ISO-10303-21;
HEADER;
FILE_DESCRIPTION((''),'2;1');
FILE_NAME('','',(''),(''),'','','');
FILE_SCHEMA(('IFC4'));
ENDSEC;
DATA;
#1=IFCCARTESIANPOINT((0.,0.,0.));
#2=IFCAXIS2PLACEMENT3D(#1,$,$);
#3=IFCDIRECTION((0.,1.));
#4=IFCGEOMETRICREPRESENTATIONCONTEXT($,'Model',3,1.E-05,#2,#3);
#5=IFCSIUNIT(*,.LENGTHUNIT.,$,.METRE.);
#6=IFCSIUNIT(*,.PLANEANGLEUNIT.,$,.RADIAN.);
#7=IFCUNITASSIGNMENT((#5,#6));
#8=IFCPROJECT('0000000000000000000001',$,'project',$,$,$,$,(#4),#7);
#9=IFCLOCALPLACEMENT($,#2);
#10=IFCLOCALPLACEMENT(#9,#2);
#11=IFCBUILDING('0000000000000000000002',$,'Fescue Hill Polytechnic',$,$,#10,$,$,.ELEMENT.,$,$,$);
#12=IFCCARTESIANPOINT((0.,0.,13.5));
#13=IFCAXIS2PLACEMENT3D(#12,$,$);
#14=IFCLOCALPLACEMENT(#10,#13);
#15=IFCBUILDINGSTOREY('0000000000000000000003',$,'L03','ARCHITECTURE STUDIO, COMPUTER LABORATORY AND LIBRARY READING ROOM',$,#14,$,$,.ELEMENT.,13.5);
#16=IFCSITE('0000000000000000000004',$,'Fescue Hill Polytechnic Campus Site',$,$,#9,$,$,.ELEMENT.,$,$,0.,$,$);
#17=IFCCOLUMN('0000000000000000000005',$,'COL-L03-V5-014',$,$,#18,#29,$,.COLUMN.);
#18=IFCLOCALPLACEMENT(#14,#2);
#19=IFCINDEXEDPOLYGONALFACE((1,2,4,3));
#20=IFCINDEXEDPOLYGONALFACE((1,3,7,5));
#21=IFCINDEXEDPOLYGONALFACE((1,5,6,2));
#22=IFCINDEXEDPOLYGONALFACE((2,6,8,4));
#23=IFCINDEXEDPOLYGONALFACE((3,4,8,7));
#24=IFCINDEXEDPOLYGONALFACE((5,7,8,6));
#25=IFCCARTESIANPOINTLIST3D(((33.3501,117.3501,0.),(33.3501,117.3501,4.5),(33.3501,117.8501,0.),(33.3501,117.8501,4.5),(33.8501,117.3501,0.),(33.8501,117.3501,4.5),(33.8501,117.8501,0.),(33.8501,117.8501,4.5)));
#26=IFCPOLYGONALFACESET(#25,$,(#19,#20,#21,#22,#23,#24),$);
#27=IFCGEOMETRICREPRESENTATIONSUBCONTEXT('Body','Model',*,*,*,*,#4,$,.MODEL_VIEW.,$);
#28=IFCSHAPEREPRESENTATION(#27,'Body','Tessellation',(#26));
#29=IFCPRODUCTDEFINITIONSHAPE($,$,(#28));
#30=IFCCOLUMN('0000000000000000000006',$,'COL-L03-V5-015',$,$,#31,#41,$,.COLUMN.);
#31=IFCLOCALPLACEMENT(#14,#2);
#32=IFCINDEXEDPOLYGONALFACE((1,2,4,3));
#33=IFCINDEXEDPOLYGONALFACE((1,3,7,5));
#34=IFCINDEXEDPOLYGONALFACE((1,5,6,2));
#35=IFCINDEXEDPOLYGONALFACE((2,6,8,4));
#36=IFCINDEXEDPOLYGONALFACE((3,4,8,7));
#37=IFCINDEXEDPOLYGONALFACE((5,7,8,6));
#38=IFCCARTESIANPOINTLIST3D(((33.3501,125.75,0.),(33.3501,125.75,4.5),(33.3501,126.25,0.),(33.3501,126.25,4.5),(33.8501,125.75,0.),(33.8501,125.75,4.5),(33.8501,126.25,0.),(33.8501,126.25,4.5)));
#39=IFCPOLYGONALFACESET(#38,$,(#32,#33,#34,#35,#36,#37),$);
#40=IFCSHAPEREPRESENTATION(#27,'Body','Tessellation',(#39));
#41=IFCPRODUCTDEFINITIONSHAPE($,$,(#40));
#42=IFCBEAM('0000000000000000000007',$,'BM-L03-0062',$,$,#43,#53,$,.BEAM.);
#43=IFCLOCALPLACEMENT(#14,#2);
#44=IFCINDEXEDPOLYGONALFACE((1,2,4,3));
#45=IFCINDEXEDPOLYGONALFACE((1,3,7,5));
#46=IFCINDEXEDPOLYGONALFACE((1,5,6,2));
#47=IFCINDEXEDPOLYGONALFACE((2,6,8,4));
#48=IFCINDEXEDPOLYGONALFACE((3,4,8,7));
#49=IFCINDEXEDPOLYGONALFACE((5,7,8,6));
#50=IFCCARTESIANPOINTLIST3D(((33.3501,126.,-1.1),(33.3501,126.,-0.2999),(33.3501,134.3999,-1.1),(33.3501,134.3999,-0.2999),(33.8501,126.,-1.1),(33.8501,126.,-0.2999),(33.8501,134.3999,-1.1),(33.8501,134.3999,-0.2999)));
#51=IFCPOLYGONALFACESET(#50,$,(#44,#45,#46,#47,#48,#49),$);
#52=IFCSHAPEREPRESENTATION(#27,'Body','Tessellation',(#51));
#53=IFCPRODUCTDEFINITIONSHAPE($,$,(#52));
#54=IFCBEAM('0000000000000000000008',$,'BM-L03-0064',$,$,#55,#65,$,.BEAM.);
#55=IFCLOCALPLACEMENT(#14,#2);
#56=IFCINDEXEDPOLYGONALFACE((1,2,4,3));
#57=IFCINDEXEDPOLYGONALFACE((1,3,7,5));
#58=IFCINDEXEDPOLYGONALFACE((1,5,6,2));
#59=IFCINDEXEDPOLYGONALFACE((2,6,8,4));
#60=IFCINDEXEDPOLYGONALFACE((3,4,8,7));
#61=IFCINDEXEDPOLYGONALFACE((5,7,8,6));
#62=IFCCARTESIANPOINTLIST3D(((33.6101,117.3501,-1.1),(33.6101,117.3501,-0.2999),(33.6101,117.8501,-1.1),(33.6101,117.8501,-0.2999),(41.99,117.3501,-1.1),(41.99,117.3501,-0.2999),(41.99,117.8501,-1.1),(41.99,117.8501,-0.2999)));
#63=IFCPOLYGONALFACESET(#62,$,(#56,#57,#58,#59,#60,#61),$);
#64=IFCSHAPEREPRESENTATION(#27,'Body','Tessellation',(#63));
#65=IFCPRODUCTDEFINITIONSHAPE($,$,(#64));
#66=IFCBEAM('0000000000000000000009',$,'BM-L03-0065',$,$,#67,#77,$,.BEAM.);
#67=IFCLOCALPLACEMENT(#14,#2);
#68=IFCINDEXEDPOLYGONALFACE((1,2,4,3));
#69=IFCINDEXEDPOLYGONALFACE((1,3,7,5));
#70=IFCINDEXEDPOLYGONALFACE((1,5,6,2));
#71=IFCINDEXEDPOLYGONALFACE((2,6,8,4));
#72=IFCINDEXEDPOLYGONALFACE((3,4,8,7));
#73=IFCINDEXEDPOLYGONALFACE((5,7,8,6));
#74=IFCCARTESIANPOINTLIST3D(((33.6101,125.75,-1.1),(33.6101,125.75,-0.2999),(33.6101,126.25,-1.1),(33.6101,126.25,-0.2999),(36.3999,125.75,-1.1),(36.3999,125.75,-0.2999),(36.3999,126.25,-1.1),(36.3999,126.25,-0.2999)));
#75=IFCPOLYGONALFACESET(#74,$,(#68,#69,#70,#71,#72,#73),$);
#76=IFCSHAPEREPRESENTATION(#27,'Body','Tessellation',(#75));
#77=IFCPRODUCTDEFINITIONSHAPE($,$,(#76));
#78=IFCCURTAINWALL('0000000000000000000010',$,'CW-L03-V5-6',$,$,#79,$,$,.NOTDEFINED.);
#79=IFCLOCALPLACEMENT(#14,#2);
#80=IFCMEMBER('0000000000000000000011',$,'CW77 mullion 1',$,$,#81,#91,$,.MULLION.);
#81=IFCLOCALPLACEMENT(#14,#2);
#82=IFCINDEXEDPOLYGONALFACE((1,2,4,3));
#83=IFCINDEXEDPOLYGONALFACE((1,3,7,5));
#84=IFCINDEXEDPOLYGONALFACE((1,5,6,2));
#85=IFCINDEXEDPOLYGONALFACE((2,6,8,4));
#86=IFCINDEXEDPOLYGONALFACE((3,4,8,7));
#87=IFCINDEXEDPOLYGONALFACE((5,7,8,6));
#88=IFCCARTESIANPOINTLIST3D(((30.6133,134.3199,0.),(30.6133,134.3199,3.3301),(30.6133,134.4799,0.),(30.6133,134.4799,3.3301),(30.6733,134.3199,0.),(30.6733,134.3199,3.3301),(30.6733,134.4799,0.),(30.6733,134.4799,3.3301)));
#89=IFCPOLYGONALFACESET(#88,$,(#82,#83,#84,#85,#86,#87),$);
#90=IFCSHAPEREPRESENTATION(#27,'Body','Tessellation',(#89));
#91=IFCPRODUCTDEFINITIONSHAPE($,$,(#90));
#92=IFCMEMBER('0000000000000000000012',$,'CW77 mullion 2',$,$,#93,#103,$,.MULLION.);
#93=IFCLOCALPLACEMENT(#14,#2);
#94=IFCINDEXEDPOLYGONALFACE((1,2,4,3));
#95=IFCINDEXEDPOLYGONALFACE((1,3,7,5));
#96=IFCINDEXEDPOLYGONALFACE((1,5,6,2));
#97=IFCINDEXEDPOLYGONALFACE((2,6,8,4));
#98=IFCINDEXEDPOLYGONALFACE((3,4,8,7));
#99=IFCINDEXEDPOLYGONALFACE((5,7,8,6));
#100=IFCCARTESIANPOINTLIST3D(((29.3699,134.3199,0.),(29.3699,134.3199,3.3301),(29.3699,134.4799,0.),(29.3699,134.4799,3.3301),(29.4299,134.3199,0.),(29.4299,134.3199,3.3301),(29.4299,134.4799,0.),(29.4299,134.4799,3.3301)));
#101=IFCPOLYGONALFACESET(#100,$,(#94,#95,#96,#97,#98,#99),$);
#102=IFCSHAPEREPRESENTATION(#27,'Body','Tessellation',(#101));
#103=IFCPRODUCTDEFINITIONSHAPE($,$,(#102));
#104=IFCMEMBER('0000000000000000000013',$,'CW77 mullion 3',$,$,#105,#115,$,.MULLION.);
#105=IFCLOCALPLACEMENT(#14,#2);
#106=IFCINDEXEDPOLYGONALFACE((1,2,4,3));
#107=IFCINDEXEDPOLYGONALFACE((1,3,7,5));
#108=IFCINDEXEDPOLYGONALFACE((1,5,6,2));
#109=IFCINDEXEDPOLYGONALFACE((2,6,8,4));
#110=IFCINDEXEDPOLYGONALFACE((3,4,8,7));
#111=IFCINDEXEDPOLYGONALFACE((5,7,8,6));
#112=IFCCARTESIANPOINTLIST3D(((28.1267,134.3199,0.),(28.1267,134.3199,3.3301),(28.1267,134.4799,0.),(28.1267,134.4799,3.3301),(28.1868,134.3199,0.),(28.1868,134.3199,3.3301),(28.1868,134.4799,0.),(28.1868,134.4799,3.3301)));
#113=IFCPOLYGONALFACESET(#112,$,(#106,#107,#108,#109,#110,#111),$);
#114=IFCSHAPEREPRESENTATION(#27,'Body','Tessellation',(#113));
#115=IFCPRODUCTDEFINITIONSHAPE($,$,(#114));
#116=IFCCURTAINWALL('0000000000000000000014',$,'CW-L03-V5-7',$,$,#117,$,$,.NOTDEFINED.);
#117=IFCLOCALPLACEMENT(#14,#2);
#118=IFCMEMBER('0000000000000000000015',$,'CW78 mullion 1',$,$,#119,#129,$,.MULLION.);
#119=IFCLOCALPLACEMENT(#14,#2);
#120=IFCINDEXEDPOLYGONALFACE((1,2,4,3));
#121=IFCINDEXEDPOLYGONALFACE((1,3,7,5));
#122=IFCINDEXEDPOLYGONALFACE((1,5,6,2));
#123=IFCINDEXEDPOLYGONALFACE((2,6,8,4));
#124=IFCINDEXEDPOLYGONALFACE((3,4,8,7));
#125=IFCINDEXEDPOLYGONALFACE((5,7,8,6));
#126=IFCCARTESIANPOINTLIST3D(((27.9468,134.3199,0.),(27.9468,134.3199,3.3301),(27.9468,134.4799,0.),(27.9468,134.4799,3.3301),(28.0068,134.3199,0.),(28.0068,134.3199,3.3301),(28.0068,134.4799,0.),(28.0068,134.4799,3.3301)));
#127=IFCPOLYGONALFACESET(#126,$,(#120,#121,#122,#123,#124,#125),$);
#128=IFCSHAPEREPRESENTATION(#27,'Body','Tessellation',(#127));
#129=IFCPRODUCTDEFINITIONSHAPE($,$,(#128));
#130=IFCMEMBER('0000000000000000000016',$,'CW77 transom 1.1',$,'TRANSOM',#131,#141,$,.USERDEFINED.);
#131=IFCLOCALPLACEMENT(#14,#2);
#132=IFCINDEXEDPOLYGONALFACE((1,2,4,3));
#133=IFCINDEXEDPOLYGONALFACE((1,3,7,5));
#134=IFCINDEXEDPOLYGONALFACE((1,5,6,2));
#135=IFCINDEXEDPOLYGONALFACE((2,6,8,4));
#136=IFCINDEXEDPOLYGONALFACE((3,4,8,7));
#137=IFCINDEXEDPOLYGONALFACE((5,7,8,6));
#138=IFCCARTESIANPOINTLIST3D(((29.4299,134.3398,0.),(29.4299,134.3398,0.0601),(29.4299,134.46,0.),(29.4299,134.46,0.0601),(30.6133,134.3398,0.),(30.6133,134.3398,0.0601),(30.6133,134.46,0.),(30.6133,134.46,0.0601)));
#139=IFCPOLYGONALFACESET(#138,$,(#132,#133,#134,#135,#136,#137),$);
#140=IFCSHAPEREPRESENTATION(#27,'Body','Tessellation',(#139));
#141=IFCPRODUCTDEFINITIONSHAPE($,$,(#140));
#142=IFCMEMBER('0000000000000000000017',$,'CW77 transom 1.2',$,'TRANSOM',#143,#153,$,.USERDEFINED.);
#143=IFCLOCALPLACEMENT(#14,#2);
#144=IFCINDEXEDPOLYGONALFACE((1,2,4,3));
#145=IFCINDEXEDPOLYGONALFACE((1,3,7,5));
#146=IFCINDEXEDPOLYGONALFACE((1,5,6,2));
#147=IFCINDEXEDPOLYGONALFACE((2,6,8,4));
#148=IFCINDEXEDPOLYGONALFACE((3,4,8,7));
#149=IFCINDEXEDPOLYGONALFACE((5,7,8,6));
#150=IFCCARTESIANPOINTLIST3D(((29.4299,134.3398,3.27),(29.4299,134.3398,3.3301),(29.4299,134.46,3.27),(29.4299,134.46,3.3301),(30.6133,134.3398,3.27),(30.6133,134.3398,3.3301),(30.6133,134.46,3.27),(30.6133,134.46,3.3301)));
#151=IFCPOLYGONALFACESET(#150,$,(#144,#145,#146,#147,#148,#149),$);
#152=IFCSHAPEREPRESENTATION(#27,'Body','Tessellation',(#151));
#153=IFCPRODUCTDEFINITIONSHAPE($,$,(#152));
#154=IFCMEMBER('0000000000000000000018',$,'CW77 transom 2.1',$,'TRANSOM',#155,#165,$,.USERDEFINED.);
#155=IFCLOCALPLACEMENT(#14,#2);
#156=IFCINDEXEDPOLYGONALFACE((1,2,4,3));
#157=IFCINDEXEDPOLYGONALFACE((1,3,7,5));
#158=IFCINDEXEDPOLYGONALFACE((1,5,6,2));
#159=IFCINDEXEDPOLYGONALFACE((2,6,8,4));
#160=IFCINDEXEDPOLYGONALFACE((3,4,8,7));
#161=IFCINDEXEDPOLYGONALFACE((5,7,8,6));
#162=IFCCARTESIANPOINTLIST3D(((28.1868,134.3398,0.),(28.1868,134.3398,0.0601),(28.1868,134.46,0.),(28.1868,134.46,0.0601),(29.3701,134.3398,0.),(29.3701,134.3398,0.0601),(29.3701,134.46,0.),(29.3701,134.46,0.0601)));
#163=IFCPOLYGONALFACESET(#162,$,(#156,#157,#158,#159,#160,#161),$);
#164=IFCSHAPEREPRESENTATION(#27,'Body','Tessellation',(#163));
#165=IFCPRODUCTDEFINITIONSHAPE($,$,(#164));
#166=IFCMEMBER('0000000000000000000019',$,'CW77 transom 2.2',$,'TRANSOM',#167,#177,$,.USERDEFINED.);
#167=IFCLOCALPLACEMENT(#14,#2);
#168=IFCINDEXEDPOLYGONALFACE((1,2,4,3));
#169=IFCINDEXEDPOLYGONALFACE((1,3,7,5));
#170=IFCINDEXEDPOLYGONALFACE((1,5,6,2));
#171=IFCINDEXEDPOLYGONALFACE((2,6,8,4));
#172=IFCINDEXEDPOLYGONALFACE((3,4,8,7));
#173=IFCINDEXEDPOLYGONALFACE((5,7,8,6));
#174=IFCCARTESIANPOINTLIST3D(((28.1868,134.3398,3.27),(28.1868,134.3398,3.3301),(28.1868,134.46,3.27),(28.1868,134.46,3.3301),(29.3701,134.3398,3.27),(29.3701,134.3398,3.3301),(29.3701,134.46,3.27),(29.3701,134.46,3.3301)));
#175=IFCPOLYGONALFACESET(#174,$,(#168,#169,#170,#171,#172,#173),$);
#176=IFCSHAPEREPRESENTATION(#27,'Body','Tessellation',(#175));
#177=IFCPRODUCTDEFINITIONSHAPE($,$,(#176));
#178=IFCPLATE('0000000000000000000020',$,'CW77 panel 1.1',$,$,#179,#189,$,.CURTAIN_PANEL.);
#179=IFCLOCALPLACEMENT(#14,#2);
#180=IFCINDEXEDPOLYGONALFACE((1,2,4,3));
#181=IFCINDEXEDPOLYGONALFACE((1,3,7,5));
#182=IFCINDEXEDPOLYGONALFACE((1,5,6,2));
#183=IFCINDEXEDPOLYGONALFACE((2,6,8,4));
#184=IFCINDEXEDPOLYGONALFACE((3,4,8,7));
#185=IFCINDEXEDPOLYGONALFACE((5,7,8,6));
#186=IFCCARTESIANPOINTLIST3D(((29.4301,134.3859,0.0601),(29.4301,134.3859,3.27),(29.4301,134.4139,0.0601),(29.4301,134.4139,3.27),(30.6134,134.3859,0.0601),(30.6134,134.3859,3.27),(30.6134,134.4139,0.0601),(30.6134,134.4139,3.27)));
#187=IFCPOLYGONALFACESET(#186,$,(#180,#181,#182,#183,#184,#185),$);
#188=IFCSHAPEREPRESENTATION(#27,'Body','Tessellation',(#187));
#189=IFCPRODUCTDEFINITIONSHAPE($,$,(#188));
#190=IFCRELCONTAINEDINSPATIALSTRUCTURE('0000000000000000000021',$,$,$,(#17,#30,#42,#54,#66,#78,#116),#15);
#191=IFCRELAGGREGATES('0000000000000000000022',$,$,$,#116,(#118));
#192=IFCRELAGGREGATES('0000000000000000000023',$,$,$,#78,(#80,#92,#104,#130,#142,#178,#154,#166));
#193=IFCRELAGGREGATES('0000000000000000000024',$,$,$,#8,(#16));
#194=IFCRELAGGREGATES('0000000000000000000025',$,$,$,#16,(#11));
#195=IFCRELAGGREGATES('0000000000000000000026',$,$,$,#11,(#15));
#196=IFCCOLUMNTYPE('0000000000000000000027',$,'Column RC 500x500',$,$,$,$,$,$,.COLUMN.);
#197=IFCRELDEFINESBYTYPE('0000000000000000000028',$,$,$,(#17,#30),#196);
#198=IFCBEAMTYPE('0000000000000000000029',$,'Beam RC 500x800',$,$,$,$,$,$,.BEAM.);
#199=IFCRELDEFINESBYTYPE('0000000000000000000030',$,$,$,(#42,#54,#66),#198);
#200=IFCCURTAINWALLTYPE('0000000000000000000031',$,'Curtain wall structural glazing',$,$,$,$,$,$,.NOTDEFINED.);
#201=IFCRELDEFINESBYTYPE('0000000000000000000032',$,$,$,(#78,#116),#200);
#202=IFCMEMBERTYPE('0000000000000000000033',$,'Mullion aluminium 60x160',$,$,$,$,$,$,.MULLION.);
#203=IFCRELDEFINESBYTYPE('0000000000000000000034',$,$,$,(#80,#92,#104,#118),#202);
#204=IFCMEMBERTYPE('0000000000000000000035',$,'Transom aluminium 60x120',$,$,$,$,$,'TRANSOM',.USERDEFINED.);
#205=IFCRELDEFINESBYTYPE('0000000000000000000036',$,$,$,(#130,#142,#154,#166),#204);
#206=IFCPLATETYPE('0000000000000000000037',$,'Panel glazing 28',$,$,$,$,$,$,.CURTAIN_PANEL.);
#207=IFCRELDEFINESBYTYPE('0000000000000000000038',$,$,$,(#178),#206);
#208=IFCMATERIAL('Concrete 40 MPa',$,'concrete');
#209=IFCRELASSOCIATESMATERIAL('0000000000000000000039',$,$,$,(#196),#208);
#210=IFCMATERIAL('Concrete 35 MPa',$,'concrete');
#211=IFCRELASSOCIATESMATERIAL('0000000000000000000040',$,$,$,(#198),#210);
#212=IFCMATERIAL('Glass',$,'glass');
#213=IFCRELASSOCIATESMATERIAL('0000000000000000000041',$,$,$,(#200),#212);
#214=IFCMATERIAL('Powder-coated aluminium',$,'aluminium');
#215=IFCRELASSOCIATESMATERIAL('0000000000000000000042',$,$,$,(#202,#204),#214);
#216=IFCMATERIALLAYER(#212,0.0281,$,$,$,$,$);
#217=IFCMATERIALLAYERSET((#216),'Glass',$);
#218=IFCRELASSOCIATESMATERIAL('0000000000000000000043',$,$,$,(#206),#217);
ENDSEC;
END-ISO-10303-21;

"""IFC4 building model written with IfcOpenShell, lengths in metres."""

from ifc_helpers import new_model, si_unit, direction, frame, origin, origin_2d, place, context, subcontext, project, spatial, rectangle, extrude, material, layer, layer_set, material_profile, profile_set, type_object, element, aggregate, save


model = new_model("IFC4")

# Units and contexts
model_context = context("Model", 3, precision=1e-05, world=origin(), true_north=direction((0.0, 1.0)))
body_context = subcontext(model_context, "Body", "Model", "MODEL_VIEW")
ifc_project = project(units=[si_unit("LENGTHUNIT", "METRE"), si_unit("PLANEANGLEUNIT", "RADIAN")], contexts=[model_context])

# Site, building, storey
site_placement = place(None, origin())
site = spatial("IfcSite", under=ifc_project, at=site_placement, Name="Fescue Hill Polytechnic Campus Site", CompositionType="ELEMENT", RefElevation=0.0)
building_placement = place(site_placement, origin())
building = spatial("IfcBuilding", under=site, at=building_placement, Name="Fescue Hill Polytechnic", CompositionType="ELEMENT")
storey_placement = place(building_placement, frame((0.0, 0.0, 13.5)))
storey = spatial("IfcBuildingStorey", under=building, at=storey_placement, Name="L03", Description="ARCHITECTURE STUDIO, COMPUTER LABORATORY AND LIBRARY READING ROOM", CompositionType="ELEMENT", Elevation=13.5)

# Columns
ifc_material_1 = material(Name="Concrete 40 MPa", Category="concrete")
ifc_material_profile_1 = material_profile(ifc_material_1, rectangle(XDim=0.5, YDim=0.5, at=origin_2d()), Name="RC 500x500")
ifc_profile_set_1 = profile_set([ifc_material_profile_1], Name="Concrete 40 MPa")
column_type = type_object("IfcColumnType", Name="Column RC 500x500", PredefinedType="COLUMN", material=ifc_profile_set_1)
for number, where, z_axis, x_axis, name in (
    (1, (33.6001, 117.6001, 0.0), (0.0, 0.0, 1.0), (1.0, 0.0, 0.0), "COL-L03-V5-014"),
    (2, (33.6001, 126.0, 0.0), (0.0, 0.0, 1.0), (1.0, 0.0, 0.0), "COL-L03-V5-015"),
):
    element("IfcColumn", number, at=place(storey_placement, frame(where, z_axis=z_axis, x_axis=x_axis)), inside=storey, type_object=column_type, Name=name, PredefinedType="COLUMN", context=body_context, shape_type="SweptSolid", body=[
        extrude(rectangle(XDim=0.5, YDim=0.5, at=origin_2d()), origin(), (0.0, 0.0, 1.0), 4.5),
    ])

# Beams
ifc_material_2 = material(Name="Concrete 35 MPa", Category="concrete")
ifc_material_profile_2 = material_profile(ifc_material_2, rectangle(XDim=0.5, YDim=0.8, at=origin_2d()), Name="RC 500x800")
ifc_profile_set_2 = profile_set([ifc_material_profile_2], Name="Concrete 35 MPa")
beam_type = type_object("IfcBeamType", Name="Beam RC 500x800", PredefinedType="BEAM", material=ifc_profile_set_2)
beam_1_placement = place(storey_placement, frame((33.6001, 126.0, -0.7), z_axis=(0.0, 1.0, 0.0), x_axis=(-1.0, 0.0, 0.0)))
element("IfcBeam", 3, at=beam_1_placement, inside=storey, type_object=beam_type, Name="BM-L03-0062", PredefinedType="BEAM", context=body_context, shape_type="SweptSolid", body=[
    extrude(rectangle(XDim=0.5, YDim=0.8, at=origin_2d()), origin(), (0.0, 0.0, 1.0), 8.3999),
])
beam_2_placement = place(storey_placement, frame((33.6101, 117.6001, -0.7), z_axis=(1.0, 0.0, 0.0), x_axis=(0.0, 1.0, 0.0)))
element("IfcBeam", 4, at=beam_2_placement, inside=storey, type_object=beam_type, Name="BM-L03-0064", PredefinedType="BEAM", context=body_context, shape_type="SweptSolid", body=[
    extrude(rectangle(XDim=0.5, YDim=0.8, at=origin_2d()), origin(), (0.0, 0.0, 1.0), 8.3799),
])
beam_3_placement = place(storey_placement, frame((33.6101, 126.0, -0.7), z_axis=(1.0, 0.0, 0.0), x_axis=(0.0, 1.0, 0.0)))
element("IfcBeam", 5, at=beam_3_placement, inside=storey, type_object=beam_type, Name="BM-L03-0065", PredefinedType="BEAM", context=body_context, shape_type="SweptSolid", body=[
    extrude(rectangle(XDim=0.5, YDim=0.8, at=origin_2d()), origin(), (0.0, 0.0, 1.0), 2.7898),
])

# Curtain wall, members
ifc_material_3 = material(Name="Glass", Category="glass")
curtain_wall_type = type_object("IfcCurtainWallType", Name="Curtain wall structural glazing", PredefinedType="NOTDEFINED", material=ifc_material_3)
curtain_wall_1_placement = place(storey_placement, origin())
curtain_wall_1 = element("IfcCurtainWall", 6, at=curtain_wall_1_placement, inside=storey, type_object=curtain_wall_type, Name="CW-L03-V5-6", PredefinedType="NOTDEFINED")
ifc_material_4 = material(Name="Powder-coated aluminium", Category="aluminium")
ifc_material_profile_3 = material_profile(ifc_material_4, rectangle(XDim=0.1599, YDim=0.0601, at=origin_2d()), Name="Mullion aluminium 60x160")
ifc_profile_set_3 = profile_set([ifc_material_profile_3], Name="Powder-coated aluminium")
member_type_1 = type_object("IfcMemberType", Name="Mullion aluminium 60x160", PredefinedType="MULLION", material=ifc_profile_set_3)
member_1_placement = place(storey_placement, frame((30.6433, 134.3999, 0.0), z_axis=(0.0, 0.0, 1.0), x_axis=(0.0, -1.0, 0.0)))
member_1 = element("IfcMember", 7, at=member_1_placement, type_object=member_type_1, Name="CW77 mullion 1", PredefinedType="MULLION", context=body_context, shape_type="SweptSolid", body=[
    extrude(rectangle(XDim=0.1599, YDim=0.0601, at=origin_2d()), origin(), (0.0, 0.0, 1.0), 3.3301),
])
member_2_placement = place(storey_placement, frame((29.3999, 134.3999, 0.0), z_axis=(0.0, 0.0, 1.0), x_axis=(0.0, -1.0, 0.0)))
member_2 = element("IfcMember", 8, at=member_2_placement, type_object=member_type_1, Name="CW77 mullion 2", PredefinedType="MULLION", context=body_context, shape_type="SweptSolid", body=[
    extrude(rectangle(XDim=0.1599, YDim=0.0601, at=origin_2d()), origin(), (0.0, 0.0, 1.0), 3.3301),
])
member_3_placement = place(storey_placement, frame((28.1567, 134.3999, 0.0), z_axis=(0.0, 0.0, 1.0), x_axis=(0.0, -1.0, 0.0)))
member_3 = element("IfcMember", 9, at=member_3_placement, type_object=member_type_1, Name="CW77 mullion 3", PredefinedType="MULLION", context=body_context, shape_type="SweptSolid", body=[
    extrude(rectangle(XDim=0.1599, YDim=0.0601, at=origin_2d()), origin(), (0.0, 0.0, 1.0), 3.3301),
])

# Curtain wall, member
curtain_wall_2_placement = place(storey_placement, origin())
curtain_wall_2 = element("IfcCurtainWall", 10, at=curtain_wall_2_placement, inside=storey, type_object=curtain_wall_type, Name="CW-L03-V5-7", PredefinedType="NOTDEFINED")
member_4_placement = place(storey_placement, frame((27.9768, 134.3999, 0.0), z_axis=(0.0, 0.0, 1.0), x_axis=(0.0, -1.0, 0.0)))
member_4 = element("IfcMember", 11, at=member_4_placement, type_object=member_type_1, Name="CW78 mullion 1", PredefinedType="MULLION", context=body_context, shape_type="SweptSolid", body=[
    extrude(rectangle(XDim=0.1599, YDim=0.0601, at=origin_2d()), origin(), (0.0, 0.0, 1.0), 3.3301),
])
aggregate(curtain_wall_2, [member_4])

# Members
ifc_material_profile_4 = material_profile(ifc_material_4, rectangle(XDim=0.1201, YDim=0.0601, at=origin_2d()), Name="Transom aluminium 60x120")
ifc_profile_set_4 = profile_set([ifc_material_profile_4], Name="Powder-coated aluminium")
member_type_2 = type_object("IfcMemberType", Name="Transom aluminium 60x120", ElementType="TRANSOM", PredefinedType="USERDEFINED", material=ifc_profile_set_4)
member_5_placement = place(storey_placement, frame((30.6133, 134.3999, 0.03), z_axis=(-1.0, 0.0, 0.0), x_axis=(0.0, -1.0, 0.0)))
member_5 = element("IfcMember", 12, at=member_5_placement, type_object=member_type_2, Name="CW77 transom 1.1", ObjectType="TRANSOM", PredefinedType="USERDEFINED", context=body_context, shape_type="SweptSolid", body=[
    extrude(rectangle(XDim=0.1201, YDim=0.0601, at=origin_2d()), origin(), (0.0, 0.0, 1.0), 1.1833),
])
member_6_placement = place(storey_placement, frame((30.6133, 134.3999, 3.3), z_axis=(-1.0, 0.0, 0.0), x_axis=(0.0, -1.0, 0.0)))
member_6 = element("IfcMember", 13, at=member_6_placement, type_object=member_type_2, Name="CW77 transom 1.2", ObjectType="TRANSOM", PredefinedType="USERDEFINED", context=body_context, shape_type="SweptSolid", body=[
    extrude(rectangle(XDim=0.1201, YDim=0.0601, at=origin_2d()), origin(), (0.0, 0.0, 1.0), 1.1833),
])
member_7_placement = place(storey_placement, frame((29.3701, 134.3999, 0.03), z_axis=(-1.0, 0.0, 0.0), x_axis=(0.0, -1.0, 0.0)))
member_7 = element("IfcMember", 14, at=member_7_placement, type_object=member_type_2, Name="CW77 transom 2.1", ObjectType="TRANSOM", PredefinedType="USERDEFINED", context=body_context, shape_type="SweptSolid", body=[
    extrude(rectangle(XDim=0.1201, YDim=0.0601, at=origin_2d()), origin(), (0.0, 0.0, 1.0), 1.1833),
])
member_8_placement = place(storey_placement, frame((29.3701, 134.3999, 3.3), z_axis=(-1.0, 0.0, 0.0), x_axis=(0.0, -1.0, 0.0)))
member_8 = element("IfcMember", 15, at=member_8_placement, type_object=member_type_2, Name="CW77 transom 2.2", ObjectType="TRANSOM", PredefinedType="USERDEFINED", context=body_context, shape_type="SweptSolid", body=[
    extrude(rectangle(XDim=0.1201, YDim=0.0601, at=origin_2d()), origin(), (0.0, 0.0, 1.0), 1.1833),
])

# Plate
ifc_layer_1 = layer(ifc_material_3, 0.0281)
ifc_layer_set_1 = layer_set([ifc_layer_1], Name="Glass")
plate_type = type_object("IfcPlateType", Name="Panel glazing 28", PredefinedType="CURTAIN_PANEL", material=ifc_layer_set_1)
plate_1_placement = place(storey_placement, frame((30.0217, 134.3999, 0.0601), z_axis=(0.0, 0.0, 1.0), x_axis=(-1.0, 0.0, 0.0)))
plate_1 = element("IfcPlate", 16, at=plate_1_placement, type_object=plate_type, Name="CW77 panel 1.1", PredefinedType="CURTAIN_PANEL", context=body_context, shape_type="SweptSolid", body=[
    extrude(rectangle(XDim=1.1833, YDim=0.0281, at=origin_2d()), origin(), (0.0, 0.0, 1.0), 3.21),
])
aggregate(curtain_wall_1, [member_1, member_2, member_3, member_5, member_6, plate_1, member_7, member_8])

save(model, "model.ifc")
